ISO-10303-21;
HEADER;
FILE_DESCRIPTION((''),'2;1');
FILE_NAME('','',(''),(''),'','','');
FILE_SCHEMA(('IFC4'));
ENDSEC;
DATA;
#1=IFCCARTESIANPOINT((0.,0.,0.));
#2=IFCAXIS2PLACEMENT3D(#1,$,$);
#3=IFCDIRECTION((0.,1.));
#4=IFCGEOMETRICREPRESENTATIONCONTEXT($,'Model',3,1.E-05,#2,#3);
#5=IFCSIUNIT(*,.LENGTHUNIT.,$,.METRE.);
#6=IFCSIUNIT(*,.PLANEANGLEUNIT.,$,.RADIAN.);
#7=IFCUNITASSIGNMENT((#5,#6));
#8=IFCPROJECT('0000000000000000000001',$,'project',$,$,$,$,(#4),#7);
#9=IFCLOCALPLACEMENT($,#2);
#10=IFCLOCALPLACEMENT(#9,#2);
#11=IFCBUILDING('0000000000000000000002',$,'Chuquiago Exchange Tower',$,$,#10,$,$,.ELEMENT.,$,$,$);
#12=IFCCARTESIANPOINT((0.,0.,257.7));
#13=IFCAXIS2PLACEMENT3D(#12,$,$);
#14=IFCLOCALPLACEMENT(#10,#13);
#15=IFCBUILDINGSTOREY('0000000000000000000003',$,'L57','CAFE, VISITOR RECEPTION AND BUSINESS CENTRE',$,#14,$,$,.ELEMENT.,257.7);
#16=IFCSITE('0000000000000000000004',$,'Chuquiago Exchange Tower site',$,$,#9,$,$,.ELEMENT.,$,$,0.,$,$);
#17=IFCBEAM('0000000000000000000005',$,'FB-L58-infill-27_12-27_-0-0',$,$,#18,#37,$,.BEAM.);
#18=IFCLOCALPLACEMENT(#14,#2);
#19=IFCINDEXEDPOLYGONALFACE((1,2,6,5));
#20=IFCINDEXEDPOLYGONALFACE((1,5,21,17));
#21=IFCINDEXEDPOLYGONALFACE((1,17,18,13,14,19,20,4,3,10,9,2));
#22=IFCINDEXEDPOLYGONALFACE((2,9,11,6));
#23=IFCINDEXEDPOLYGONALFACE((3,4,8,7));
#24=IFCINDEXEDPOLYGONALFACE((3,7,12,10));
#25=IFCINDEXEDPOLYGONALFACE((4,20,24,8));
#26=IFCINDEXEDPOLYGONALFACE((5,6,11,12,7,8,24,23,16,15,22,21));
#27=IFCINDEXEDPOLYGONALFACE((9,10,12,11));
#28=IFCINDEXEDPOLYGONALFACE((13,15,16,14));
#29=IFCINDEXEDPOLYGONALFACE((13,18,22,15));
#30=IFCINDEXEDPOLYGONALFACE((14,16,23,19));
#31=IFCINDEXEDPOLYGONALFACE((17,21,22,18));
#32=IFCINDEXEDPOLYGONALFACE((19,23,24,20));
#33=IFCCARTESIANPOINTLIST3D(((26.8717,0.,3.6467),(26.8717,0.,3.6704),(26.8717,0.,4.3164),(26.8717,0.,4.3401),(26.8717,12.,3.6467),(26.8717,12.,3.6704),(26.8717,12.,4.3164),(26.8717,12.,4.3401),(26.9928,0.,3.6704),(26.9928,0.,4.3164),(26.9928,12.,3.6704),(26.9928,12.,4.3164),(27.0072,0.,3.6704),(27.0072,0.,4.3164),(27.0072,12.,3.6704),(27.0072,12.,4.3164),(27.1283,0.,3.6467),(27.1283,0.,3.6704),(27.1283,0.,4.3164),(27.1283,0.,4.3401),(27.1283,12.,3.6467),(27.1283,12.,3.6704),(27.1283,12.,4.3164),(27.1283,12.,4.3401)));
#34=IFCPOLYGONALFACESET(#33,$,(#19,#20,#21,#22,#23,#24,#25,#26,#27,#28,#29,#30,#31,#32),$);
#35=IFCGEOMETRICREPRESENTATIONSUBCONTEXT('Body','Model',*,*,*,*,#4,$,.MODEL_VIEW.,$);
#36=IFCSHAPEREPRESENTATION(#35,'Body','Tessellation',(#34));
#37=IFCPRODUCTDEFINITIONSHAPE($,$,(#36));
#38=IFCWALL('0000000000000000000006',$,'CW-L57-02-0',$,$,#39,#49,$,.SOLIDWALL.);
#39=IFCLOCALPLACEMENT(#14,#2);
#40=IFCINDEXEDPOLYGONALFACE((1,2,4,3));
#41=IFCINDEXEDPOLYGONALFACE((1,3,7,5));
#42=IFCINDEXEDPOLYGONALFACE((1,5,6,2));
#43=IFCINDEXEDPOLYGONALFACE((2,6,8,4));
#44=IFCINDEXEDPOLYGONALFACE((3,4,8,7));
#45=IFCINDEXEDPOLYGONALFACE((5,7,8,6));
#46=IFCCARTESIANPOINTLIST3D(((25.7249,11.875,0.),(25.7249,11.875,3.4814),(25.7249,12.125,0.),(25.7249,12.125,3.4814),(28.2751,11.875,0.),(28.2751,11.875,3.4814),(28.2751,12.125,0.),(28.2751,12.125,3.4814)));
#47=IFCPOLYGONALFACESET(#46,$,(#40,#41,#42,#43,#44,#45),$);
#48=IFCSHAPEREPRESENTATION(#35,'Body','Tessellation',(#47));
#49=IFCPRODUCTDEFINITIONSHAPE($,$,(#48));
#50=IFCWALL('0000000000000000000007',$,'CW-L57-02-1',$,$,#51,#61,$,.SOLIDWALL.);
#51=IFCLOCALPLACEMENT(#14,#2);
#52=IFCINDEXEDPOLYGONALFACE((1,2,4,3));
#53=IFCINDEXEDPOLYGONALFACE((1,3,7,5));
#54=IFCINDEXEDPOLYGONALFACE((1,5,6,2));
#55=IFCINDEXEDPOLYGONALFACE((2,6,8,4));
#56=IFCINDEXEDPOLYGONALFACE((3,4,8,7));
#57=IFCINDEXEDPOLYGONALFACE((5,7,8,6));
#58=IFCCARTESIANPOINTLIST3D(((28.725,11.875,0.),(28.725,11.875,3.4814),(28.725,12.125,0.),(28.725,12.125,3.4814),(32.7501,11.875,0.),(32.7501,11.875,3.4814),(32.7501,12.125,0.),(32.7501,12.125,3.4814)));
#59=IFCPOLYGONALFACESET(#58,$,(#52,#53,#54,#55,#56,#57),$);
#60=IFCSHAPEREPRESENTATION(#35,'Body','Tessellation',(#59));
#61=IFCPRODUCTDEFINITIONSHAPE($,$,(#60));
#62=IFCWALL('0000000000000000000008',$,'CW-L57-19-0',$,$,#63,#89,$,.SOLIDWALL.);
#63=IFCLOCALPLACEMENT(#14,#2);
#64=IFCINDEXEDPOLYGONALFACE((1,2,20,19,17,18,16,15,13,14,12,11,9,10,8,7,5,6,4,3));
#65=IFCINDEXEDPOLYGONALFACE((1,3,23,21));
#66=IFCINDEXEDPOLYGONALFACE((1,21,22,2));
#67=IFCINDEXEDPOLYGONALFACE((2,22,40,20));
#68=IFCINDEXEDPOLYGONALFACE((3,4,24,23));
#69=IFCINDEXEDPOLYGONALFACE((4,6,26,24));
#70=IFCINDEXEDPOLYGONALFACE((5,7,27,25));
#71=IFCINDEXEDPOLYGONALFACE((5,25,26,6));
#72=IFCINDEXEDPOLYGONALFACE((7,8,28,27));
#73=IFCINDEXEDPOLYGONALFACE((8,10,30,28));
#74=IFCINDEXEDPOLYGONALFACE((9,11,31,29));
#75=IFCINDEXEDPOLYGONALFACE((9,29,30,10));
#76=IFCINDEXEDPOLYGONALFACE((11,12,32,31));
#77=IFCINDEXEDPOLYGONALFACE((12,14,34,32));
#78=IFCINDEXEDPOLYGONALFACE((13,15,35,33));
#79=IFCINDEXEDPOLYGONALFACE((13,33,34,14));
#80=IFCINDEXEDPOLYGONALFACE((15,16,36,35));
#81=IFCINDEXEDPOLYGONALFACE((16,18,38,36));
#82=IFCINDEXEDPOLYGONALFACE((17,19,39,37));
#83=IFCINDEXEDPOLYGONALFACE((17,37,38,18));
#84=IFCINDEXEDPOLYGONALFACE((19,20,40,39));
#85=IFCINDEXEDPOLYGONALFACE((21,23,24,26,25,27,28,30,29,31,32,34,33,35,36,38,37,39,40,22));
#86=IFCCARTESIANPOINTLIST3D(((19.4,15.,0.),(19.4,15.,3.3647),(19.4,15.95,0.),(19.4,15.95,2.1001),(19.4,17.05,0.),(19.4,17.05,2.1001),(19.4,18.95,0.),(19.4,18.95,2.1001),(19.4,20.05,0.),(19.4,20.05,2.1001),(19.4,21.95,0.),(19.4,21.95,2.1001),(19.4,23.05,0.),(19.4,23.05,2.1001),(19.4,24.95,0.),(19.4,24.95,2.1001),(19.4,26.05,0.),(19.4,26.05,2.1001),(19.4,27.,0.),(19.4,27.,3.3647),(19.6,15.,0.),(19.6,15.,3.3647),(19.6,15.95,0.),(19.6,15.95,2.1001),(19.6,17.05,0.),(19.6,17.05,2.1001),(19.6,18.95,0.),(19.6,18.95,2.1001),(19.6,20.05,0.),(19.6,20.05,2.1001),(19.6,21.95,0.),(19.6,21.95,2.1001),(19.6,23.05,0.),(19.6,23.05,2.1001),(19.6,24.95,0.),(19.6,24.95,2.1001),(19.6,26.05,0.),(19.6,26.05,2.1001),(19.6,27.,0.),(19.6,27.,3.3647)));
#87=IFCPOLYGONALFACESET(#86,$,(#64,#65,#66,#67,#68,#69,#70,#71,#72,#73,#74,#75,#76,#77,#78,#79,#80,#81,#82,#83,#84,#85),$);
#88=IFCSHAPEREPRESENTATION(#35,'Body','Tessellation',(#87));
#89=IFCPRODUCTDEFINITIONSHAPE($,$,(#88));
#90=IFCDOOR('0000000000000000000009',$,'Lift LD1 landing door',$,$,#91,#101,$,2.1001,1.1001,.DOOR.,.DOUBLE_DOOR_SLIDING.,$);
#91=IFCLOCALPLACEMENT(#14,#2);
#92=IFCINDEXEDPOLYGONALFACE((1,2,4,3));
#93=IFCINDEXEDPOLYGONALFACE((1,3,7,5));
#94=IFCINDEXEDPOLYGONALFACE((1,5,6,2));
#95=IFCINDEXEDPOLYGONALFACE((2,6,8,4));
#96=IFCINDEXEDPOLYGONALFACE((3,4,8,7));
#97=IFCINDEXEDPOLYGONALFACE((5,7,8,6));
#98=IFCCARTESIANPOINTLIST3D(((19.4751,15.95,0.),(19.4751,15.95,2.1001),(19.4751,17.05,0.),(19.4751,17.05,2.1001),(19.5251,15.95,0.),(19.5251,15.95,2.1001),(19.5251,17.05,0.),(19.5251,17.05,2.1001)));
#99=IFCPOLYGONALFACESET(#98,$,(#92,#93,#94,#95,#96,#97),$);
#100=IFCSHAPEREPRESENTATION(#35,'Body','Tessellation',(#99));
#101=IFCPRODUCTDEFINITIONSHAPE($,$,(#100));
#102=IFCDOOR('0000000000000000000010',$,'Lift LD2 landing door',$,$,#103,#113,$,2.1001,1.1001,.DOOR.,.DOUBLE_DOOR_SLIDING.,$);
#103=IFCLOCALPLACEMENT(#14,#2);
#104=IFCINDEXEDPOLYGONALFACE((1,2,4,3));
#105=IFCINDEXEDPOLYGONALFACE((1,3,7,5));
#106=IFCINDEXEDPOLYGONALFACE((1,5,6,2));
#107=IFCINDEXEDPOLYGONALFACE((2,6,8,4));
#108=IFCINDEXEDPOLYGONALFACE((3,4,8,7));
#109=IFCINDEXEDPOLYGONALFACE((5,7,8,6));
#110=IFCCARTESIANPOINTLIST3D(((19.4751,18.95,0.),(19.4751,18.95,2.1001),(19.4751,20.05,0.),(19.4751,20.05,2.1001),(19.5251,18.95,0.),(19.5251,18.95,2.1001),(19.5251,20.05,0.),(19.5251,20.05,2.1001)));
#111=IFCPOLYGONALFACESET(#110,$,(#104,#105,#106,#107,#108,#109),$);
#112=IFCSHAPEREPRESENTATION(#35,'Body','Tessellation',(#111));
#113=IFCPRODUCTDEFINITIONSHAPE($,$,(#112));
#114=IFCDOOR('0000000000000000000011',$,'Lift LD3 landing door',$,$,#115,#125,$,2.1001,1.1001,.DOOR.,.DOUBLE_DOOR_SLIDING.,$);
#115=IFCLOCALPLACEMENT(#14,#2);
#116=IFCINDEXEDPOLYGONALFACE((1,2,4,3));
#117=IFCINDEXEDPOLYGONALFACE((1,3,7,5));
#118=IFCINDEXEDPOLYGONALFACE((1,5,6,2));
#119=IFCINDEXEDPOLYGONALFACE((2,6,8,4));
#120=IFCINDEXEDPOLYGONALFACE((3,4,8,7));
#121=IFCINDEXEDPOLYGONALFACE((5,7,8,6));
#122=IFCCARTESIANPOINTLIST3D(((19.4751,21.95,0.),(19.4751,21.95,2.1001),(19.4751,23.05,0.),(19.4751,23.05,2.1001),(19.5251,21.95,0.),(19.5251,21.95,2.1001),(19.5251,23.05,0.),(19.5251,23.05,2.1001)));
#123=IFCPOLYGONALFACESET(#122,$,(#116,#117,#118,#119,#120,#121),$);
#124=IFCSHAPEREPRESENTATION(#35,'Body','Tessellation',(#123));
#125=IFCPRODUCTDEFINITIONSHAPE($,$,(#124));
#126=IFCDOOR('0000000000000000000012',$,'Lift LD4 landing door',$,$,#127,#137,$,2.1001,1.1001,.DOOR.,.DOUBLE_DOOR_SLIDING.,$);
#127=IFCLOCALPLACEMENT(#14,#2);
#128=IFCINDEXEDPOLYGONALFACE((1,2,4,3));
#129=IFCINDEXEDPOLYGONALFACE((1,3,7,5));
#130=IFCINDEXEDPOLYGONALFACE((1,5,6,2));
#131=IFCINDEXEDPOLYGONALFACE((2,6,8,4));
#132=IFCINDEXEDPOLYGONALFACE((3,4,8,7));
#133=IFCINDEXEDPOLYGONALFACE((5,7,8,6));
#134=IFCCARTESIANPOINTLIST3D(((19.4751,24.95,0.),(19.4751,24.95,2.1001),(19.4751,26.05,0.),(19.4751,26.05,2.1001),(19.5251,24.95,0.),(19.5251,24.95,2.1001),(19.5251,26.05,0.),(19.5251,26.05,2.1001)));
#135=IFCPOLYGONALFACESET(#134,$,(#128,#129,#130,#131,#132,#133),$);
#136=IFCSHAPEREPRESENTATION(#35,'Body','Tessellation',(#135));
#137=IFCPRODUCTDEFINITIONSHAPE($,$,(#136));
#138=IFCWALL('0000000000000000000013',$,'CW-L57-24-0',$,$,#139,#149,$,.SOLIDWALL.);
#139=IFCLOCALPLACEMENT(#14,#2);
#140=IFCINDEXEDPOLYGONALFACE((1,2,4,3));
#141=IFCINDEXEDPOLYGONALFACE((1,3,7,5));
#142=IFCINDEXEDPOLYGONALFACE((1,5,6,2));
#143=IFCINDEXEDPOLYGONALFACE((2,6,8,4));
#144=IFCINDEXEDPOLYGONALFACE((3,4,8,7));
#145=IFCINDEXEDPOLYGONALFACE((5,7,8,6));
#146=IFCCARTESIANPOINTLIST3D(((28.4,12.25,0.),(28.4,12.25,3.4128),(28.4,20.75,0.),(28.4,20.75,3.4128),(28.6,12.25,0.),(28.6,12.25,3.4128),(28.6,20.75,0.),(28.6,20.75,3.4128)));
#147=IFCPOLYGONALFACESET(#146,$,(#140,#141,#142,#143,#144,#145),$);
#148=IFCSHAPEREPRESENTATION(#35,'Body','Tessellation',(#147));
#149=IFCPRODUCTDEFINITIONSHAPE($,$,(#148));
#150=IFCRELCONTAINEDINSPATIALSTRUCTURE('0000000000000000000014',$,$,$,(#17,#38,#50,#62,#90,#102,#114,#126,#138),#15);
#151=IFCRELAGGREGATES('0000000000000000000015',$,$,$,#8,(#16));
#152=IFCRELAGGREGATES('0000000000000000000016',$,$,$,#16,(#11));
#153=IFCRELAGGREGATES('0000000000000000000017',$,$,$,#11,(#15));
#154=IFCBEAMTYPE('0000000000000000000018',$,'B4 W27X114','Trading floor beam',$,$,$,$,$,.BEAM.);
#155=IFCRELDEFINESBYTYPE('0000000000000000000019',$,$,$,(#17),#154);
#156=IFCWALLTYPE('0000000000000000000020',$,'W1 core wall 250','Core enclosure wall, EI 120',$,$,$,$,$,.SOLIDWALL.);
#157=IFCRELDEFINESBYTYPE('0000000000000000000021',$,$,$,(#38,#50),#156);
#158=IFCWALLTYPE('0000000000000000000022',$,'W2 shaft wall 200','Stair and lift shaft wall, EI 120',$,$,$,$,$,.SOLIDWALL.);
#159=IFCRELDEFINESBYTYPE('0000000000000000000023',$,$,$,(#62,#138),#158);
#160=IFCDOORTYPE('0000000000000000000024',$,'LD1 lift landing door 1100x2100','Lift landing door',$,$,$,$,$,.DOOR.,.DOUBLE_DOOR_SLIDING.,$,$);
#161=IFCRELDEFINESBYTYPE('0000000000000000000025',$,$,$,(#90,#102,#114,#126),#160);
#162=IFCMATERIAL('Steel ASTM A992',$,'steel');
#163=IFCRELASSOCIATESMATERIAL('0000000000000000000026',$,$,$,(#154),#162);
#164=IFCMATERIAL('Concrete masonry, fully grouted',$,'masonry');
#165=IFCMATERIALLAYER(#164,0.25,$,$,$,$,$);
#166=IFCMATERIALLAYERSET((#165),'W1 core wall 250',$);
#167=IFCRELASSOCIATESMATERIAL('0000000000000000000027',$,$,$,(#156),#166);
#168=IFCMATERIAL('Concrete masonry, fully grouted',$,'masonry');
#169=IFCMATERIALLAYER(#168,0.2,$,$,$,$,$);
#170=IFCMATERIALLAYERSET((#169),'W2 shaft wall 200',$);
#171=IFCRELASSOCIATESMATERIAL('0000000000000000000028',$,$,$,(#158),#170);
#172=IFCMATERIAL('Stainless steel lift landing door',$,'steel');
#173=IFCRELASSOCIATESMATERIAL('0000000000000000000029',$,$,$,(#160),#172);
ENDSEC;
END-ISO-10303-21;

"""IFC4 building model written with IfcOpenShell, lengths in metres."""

from ifc_helpers import new_model, si_unit, direction, frame, frame_2d, origin, origin_2d, place, context, subcontext, project, spatial, rectangle, i_section, extrude, material, layer, layer_set, material_profile, profile_set, type_object, element, fill, save


model = new_model("IFC4")

# Units and contexts
model_context = context("Model", 3, precision=1e-05, world=origin(), true_north=direction((0.0, 1.0)))
body_context = subcontext(model_context, "Body", "Model", "MODEL_VIEW")
ifc_project = project(units=[si_unit("LENGTHUNIT", "METRE"), si_unit("PLANEANGLEUNIT", "RADIAN")], contexts=[model_context])

# Site, building, storey
site_placement = place(None, origin())
site = spatial("IfcSite", under=ifc_project, at=site_placement, Name="Chuquiago Exchange Tower site", CompositionType="ELEMENT", RefElevation=0.0)
building_placement = place(site_placement, origin())
building = spatial("IfcBuilding", under=site, at=building_placement, Name="Chuquiago Exchange Tower", CompositionType="ELEMENT")
storey_placement = place(building_placement, frame((0.0, 0.0, 257.7)))
storey = spatial("IfcBuildingStorey", under=building, at=storey_placement, Name="L57", Description="CAFE, VISITOR RECEPTION AND BUSINESS CENTRE", CompositionType="ELEMENT", Elevation=257.7)

# Beam
ifc_material_1 = material(Name="Steel ASTM A992", Category="steel")
ifc_material_profile_1 = material_profile(ifc_material_1, i_section(OverallWidth=0.2566, OverallDepth=0.6934, WebThickness=0.0144, FlangeThickness=0.0237, at=origin_2d()), Name="W27X114")
ifc_profile_set_1 = profile_set([ifc_material_profile_1], Name="Steel ASTM A992")
beam_type_1 = type_object("IfcBeamType", Name="B4 W27X114", Description="Trading floor beam", PredefinedType="BEAM", material=ifc_profile_set_1)
for number, where, z_axis, x_axis, name in (
    (1, (27.0, 12.0, 3.9934), (0.0, -1.0, 0.0), (1.0, 0.0, 0.0), "FB-L58-infill-27_12-27_-0-0"),
):
    element("IfcBeam", number, at=place(storey_placement, frame(where, z_axis=z_axis, x_axis=x_axis)), inside=storey, type_object=beam_type_1, Name=name, PredefinedType="BEAM", context=body_context, shape_type="SweptSolid", body=[
        extrude(i_section(OverallWidth=0.2566, OverallDepth=0.6934, WebThickness=0.0144, FlangeThickness=0.0237, at=origin_2d()), origin(), (0.0, 0.0, 1.0), 12.0),
    ])

# Walls
ifc_material_2 = material(Name="Concrete masonry, fully grouted", Category="masonry")
ifc_layer_1 = layer(ifc_material_2, 0.25)
ifc_layer_set_1 = layer_set([ifc_layer_1], Name="W1 core wall 250")
wall_type_1 = type_object("IfcWallType", Name="W1 core wall 250", Description="Core enclosure wall, EI 120", PredefinedType="SOLIDWALL", material=ifc_layer_set_1)
wall_1_placement = place(storey_placement, frame((25.7249, 12.0, 0.0), z_axis=(0.0, 0.0, 1.0), x_axis=(1.0, 0.0, 0.0)))
element("IfcWall", 2, at=wall_1_placement, inside=storey, type_object=wall_type_1, Name="CW-L57-02-0", PredefinedType="SOLIDWALL", context=body_context, shape_type="SweptSolid", body=[
    extrude(rectangle(XDim=2.5503, YDim=0.25, at=frame_2d((1.2751, 0.0))), origin(), (0.0, 0.0, 1.0), 3.4814),
])
wall_2_placement = place(storey_placement, frame((28.7249, 12.0, 0.0), z_axis=(0.0, 0.0, 1.0), x_axis=(1.0, 0.0, 0.0)))
element("IfcWall", 3, at=wall_2_placement, inside=storey, type_object=wall_type_1, Name="CW-L57-02-1", PredefinedType="SOLIDWALL", context=body_context, shape_type="SweptSolid", body=[
    extrude(rectangle(XDim=4.0251, YDim=0.25, at=frame_2d((2.0127, 0.0))), origin(), (0.0, 0.0, 1.0), 3.4814),
])

# Wall, openings, doors
ifc_material_3 = material(Name="Concrete masonry, fully grouted", Category="masonry")
ifc_layer_2 = layer(ifc_material_3, 0.2)
ifc_layer_set_2 = layer_set([ifc_layer_2], Name="W2 shaft wall 200")
wall_type_2 = type_object("IfcWallType", Name="W2 shaft wall 200", Description="Stair and lift shaft wall, EI 120", PredefinedType="SOLIDWALL", material=ifc_layer_set_2)
wall_3_placement = place(storey_placement, frame((19.5, 15.0, 0.0), z_axis=(0.0, 0.0, 1.0), x_axis=(0.0, 1.0, 0.0)))
wall_3 = element("IfcWall", 4, at=wall_3_placement, inside=storey, type_object=wall_type_2, Name="CW-L57-19-0", PredefinedType="SOLIDWALL", context=body_context, shape_type="SweptSolid", body=[
    extrude(rectangle(XDim=12.0, YDim=0.2, at=frame_2d((6.0, 0.0))), origin(), (0.0, 0.0, 1.0), 3.3647),
])
opening_1_placement = place(wall_3_placement, frame((0.95, 0.0, 0.0)))
opening_1 = element("IfcOpeningElement", 5, at=opening_1_placement, cuts=wall_3, PredefinedType="OPENING", context=body_context, shape_type="SweptSolid", body=[
    extrude(rectangle(XDim=1.1001, YDim=2.1001, at=frame_2d((0.55, 1.05))), frame((0.0, 0.1099, 0.0), z_axis=(0.0, -1.0, 0.0), x_axis=(1.0, 0.0, 0.0)), (0.0, 0.0, 1.0), 0.22),
])
opening_2_placement = place(wall_3_placement, frame((3.95, 0.0, 0.0)))
opening_2 = element("IfcOpeningElement", 6, at=opening_2_placement, cuts=wall_3, PredefinedType="OPENING", context=body_context, shape_type="SweptSolid", body=[
    extrude(rectangle(XDim=1.1001, YDim=2.1001, at=frame_2d((0.55, 1.05))), frame((0.0, 0.1099, 0.0), z_axis=(0.0, -1.0, 0.0), x_axis=(1.0, 0.0, 0.0)), (0.0, 0.0, 1.0), 0.22),
])
opening_3_placement = place(wall_3_placement, frame((6.95, 0.0, 0.0)))
opening_3 = element("IfcOpeningElement", 7, at=opening_3_placement, cuts=wall_3, PredefinedType="OPENING", context=body_context, shape_type="SweptSolid", body=[
    extrude(rectangle(XDim=1.1001, YDim=2.1001, at=frame_2d((0.55, 1.05))), frame((0.0, 0.1099, 0.0), z_axis=(0.0, -1.0, 0.0), x_axis=(1.0, 0.0, 0.0)), (0.0, 0.0, 1.0), 0.22),
])
opening_4_placement = place(wall_3_placement, frame((9.95, 0.0, 0.0)))
opening_4 = element("IfcOpeningElement", 8, at=opening_4_placement, cuts=wall_3, PredefinedType="OPENING", context=body_context, shape_type="SweptSolid", body=[
    extrude(rectangle(XDim=1.1001, YDim=2.1001, at=frame_2d((0.55, 1.05))), frame((0.0, 0.1099, 0.0), z_axis=(0.0, -1.0, 0.0), x_axis=(1.0, 0.0, 0.0)), (0.0, 0.0, 1.0), 0.22),
])
ifc_material_4 = material(Name="Stainless steel lift landing door", Category="steel")
door_type_1 = type_object("IfcDoorType", Name="LD1 lift landing door 1100x2100", Description="Lift landing door", OperationType="DOUBLE_DOOR_SLIDING", PredefinedType="DOOR", material=ifc_material_4)
door_1_placement = place(opening_1_placement, origin())
door_1 = element("IfcDoor", 9, at=door_1_placement, inside=storey, type_object=door_type_1, Name="Lift LD1 landing door", OperationType="DOUBLE_DOOR_SLIDING", OverallHeight=2.1001, OverallWidth=1.1001, PredefinedType="DOOR", context=body_context, shape_type="SweptSolid", body=[
    extrude(rectangle(XDim=1.1001, YDim=2.1001, at=frame_2d((0.55, 1.05))), frame((0.0, 0.0249, 0.0), z_axis=(0.0, -1.0, 0.0), x_axis=(1.0, 0.0, 0.0)), (0.0, 0.0, 1.0), 0.05),
])
fill(opening_1, door_1)
door_2_placement = place(opening_2_placement, origin())
door_2 = element("IfcDoor", 10, at=door_2_placement, inside=storey, type_object=door_type_1, Name="Lift LD2 landing door", OperationType="DOUBLE_DOOR_SLIDING", OverallHeight=2.1001, OverallWidth=1.1001, PredefinedType="DOOR", context=body_context, shape_type="SweptSolid", body=[
    extrude(rectangle(XDim=1.1001, YDim=2.1001, at=frame_2d((0.55, 1.05))), frame((0.0, 0.0249, 0.0), z_axis=(0.0, -1.0, 0.0), x_axis=(1.0, 0.0, 0.0)), (0.0, 0.0, 1.0), 0.05),
])
fill(opening_2, door_2)
door_3_placement = place(opening_3_placement, origin())
door_3 = element("IfcDoor", 11, at=door_3_placement, inside=storey, type_object=door_type_1, Name="Lift LD3 landing door", OperationType="DOUBLE_DOOR_SLIDING", OverallHeight=2.1001, OverallWidth=1.1001, PredefinedType="DOOR", context=body_context, shape_type="SweptSolid", body=[
    extrude(rectangle(XDim=1.1001, YDim=2.1001, at=frame_2d((0.55, 1.05))), frame((0.0, 0.0249, 0.0), z_axis=(0.0, -1.0, 0.0), x_axis=(1.0, 0.0, 0.0)), (0.0, 0.0, 1.0), 0.05),
])
fill(opening_3, door_3)
door_4_placement = place(opening_4_placement, origin())
door_4 = element("IfcDoor", 12, at=door_4_placement, inside=storey, type_object=door_type_1, Name="Lift LD4 landing door", OperationType="DOUBLE_DOOR_SLIDING", OverallHeight=2.1001, OverallWidth=1.1001, PredefinedType="DOOR", context=body_context, shape_type="SweptSolid", body=[
    extrude(rectangle(XDim=1.1001, YDim=2.1001, at=frame_2d((0.55, 1.05))), frame((0.0, 0.0249, 0.0), z_axis=(0.0, -1.0, 0.0), x_axis=(1.0, 0.0, 0.0)), (0.0, 0.0, 1.0), 0.05),
])
fill(opening_4, door_4)

# Wall
wall_4_placement = place(storey_placement, frame((28.5, 12.25, 0.0), z_axis=(0.0, 0.0, 1.0), x_axis=(0.0, 1.0, 0.0)))
element("IfcWall", 13, at=wall_4_placement, inside=storey, type_object=wall_type_2, Name="CW-L57-24-0", PredefinedType="SOLIDWALL", context=body_context, shape_type="SweptSolid", body=[
    extrude(rectangle(XDim=8.5, YDim=0.2, at=frame_2d((4.25, 0.0))), origin(), (0.0, 0.0, 1.0), 3.4128),
])

save(model, "model.ifc")
